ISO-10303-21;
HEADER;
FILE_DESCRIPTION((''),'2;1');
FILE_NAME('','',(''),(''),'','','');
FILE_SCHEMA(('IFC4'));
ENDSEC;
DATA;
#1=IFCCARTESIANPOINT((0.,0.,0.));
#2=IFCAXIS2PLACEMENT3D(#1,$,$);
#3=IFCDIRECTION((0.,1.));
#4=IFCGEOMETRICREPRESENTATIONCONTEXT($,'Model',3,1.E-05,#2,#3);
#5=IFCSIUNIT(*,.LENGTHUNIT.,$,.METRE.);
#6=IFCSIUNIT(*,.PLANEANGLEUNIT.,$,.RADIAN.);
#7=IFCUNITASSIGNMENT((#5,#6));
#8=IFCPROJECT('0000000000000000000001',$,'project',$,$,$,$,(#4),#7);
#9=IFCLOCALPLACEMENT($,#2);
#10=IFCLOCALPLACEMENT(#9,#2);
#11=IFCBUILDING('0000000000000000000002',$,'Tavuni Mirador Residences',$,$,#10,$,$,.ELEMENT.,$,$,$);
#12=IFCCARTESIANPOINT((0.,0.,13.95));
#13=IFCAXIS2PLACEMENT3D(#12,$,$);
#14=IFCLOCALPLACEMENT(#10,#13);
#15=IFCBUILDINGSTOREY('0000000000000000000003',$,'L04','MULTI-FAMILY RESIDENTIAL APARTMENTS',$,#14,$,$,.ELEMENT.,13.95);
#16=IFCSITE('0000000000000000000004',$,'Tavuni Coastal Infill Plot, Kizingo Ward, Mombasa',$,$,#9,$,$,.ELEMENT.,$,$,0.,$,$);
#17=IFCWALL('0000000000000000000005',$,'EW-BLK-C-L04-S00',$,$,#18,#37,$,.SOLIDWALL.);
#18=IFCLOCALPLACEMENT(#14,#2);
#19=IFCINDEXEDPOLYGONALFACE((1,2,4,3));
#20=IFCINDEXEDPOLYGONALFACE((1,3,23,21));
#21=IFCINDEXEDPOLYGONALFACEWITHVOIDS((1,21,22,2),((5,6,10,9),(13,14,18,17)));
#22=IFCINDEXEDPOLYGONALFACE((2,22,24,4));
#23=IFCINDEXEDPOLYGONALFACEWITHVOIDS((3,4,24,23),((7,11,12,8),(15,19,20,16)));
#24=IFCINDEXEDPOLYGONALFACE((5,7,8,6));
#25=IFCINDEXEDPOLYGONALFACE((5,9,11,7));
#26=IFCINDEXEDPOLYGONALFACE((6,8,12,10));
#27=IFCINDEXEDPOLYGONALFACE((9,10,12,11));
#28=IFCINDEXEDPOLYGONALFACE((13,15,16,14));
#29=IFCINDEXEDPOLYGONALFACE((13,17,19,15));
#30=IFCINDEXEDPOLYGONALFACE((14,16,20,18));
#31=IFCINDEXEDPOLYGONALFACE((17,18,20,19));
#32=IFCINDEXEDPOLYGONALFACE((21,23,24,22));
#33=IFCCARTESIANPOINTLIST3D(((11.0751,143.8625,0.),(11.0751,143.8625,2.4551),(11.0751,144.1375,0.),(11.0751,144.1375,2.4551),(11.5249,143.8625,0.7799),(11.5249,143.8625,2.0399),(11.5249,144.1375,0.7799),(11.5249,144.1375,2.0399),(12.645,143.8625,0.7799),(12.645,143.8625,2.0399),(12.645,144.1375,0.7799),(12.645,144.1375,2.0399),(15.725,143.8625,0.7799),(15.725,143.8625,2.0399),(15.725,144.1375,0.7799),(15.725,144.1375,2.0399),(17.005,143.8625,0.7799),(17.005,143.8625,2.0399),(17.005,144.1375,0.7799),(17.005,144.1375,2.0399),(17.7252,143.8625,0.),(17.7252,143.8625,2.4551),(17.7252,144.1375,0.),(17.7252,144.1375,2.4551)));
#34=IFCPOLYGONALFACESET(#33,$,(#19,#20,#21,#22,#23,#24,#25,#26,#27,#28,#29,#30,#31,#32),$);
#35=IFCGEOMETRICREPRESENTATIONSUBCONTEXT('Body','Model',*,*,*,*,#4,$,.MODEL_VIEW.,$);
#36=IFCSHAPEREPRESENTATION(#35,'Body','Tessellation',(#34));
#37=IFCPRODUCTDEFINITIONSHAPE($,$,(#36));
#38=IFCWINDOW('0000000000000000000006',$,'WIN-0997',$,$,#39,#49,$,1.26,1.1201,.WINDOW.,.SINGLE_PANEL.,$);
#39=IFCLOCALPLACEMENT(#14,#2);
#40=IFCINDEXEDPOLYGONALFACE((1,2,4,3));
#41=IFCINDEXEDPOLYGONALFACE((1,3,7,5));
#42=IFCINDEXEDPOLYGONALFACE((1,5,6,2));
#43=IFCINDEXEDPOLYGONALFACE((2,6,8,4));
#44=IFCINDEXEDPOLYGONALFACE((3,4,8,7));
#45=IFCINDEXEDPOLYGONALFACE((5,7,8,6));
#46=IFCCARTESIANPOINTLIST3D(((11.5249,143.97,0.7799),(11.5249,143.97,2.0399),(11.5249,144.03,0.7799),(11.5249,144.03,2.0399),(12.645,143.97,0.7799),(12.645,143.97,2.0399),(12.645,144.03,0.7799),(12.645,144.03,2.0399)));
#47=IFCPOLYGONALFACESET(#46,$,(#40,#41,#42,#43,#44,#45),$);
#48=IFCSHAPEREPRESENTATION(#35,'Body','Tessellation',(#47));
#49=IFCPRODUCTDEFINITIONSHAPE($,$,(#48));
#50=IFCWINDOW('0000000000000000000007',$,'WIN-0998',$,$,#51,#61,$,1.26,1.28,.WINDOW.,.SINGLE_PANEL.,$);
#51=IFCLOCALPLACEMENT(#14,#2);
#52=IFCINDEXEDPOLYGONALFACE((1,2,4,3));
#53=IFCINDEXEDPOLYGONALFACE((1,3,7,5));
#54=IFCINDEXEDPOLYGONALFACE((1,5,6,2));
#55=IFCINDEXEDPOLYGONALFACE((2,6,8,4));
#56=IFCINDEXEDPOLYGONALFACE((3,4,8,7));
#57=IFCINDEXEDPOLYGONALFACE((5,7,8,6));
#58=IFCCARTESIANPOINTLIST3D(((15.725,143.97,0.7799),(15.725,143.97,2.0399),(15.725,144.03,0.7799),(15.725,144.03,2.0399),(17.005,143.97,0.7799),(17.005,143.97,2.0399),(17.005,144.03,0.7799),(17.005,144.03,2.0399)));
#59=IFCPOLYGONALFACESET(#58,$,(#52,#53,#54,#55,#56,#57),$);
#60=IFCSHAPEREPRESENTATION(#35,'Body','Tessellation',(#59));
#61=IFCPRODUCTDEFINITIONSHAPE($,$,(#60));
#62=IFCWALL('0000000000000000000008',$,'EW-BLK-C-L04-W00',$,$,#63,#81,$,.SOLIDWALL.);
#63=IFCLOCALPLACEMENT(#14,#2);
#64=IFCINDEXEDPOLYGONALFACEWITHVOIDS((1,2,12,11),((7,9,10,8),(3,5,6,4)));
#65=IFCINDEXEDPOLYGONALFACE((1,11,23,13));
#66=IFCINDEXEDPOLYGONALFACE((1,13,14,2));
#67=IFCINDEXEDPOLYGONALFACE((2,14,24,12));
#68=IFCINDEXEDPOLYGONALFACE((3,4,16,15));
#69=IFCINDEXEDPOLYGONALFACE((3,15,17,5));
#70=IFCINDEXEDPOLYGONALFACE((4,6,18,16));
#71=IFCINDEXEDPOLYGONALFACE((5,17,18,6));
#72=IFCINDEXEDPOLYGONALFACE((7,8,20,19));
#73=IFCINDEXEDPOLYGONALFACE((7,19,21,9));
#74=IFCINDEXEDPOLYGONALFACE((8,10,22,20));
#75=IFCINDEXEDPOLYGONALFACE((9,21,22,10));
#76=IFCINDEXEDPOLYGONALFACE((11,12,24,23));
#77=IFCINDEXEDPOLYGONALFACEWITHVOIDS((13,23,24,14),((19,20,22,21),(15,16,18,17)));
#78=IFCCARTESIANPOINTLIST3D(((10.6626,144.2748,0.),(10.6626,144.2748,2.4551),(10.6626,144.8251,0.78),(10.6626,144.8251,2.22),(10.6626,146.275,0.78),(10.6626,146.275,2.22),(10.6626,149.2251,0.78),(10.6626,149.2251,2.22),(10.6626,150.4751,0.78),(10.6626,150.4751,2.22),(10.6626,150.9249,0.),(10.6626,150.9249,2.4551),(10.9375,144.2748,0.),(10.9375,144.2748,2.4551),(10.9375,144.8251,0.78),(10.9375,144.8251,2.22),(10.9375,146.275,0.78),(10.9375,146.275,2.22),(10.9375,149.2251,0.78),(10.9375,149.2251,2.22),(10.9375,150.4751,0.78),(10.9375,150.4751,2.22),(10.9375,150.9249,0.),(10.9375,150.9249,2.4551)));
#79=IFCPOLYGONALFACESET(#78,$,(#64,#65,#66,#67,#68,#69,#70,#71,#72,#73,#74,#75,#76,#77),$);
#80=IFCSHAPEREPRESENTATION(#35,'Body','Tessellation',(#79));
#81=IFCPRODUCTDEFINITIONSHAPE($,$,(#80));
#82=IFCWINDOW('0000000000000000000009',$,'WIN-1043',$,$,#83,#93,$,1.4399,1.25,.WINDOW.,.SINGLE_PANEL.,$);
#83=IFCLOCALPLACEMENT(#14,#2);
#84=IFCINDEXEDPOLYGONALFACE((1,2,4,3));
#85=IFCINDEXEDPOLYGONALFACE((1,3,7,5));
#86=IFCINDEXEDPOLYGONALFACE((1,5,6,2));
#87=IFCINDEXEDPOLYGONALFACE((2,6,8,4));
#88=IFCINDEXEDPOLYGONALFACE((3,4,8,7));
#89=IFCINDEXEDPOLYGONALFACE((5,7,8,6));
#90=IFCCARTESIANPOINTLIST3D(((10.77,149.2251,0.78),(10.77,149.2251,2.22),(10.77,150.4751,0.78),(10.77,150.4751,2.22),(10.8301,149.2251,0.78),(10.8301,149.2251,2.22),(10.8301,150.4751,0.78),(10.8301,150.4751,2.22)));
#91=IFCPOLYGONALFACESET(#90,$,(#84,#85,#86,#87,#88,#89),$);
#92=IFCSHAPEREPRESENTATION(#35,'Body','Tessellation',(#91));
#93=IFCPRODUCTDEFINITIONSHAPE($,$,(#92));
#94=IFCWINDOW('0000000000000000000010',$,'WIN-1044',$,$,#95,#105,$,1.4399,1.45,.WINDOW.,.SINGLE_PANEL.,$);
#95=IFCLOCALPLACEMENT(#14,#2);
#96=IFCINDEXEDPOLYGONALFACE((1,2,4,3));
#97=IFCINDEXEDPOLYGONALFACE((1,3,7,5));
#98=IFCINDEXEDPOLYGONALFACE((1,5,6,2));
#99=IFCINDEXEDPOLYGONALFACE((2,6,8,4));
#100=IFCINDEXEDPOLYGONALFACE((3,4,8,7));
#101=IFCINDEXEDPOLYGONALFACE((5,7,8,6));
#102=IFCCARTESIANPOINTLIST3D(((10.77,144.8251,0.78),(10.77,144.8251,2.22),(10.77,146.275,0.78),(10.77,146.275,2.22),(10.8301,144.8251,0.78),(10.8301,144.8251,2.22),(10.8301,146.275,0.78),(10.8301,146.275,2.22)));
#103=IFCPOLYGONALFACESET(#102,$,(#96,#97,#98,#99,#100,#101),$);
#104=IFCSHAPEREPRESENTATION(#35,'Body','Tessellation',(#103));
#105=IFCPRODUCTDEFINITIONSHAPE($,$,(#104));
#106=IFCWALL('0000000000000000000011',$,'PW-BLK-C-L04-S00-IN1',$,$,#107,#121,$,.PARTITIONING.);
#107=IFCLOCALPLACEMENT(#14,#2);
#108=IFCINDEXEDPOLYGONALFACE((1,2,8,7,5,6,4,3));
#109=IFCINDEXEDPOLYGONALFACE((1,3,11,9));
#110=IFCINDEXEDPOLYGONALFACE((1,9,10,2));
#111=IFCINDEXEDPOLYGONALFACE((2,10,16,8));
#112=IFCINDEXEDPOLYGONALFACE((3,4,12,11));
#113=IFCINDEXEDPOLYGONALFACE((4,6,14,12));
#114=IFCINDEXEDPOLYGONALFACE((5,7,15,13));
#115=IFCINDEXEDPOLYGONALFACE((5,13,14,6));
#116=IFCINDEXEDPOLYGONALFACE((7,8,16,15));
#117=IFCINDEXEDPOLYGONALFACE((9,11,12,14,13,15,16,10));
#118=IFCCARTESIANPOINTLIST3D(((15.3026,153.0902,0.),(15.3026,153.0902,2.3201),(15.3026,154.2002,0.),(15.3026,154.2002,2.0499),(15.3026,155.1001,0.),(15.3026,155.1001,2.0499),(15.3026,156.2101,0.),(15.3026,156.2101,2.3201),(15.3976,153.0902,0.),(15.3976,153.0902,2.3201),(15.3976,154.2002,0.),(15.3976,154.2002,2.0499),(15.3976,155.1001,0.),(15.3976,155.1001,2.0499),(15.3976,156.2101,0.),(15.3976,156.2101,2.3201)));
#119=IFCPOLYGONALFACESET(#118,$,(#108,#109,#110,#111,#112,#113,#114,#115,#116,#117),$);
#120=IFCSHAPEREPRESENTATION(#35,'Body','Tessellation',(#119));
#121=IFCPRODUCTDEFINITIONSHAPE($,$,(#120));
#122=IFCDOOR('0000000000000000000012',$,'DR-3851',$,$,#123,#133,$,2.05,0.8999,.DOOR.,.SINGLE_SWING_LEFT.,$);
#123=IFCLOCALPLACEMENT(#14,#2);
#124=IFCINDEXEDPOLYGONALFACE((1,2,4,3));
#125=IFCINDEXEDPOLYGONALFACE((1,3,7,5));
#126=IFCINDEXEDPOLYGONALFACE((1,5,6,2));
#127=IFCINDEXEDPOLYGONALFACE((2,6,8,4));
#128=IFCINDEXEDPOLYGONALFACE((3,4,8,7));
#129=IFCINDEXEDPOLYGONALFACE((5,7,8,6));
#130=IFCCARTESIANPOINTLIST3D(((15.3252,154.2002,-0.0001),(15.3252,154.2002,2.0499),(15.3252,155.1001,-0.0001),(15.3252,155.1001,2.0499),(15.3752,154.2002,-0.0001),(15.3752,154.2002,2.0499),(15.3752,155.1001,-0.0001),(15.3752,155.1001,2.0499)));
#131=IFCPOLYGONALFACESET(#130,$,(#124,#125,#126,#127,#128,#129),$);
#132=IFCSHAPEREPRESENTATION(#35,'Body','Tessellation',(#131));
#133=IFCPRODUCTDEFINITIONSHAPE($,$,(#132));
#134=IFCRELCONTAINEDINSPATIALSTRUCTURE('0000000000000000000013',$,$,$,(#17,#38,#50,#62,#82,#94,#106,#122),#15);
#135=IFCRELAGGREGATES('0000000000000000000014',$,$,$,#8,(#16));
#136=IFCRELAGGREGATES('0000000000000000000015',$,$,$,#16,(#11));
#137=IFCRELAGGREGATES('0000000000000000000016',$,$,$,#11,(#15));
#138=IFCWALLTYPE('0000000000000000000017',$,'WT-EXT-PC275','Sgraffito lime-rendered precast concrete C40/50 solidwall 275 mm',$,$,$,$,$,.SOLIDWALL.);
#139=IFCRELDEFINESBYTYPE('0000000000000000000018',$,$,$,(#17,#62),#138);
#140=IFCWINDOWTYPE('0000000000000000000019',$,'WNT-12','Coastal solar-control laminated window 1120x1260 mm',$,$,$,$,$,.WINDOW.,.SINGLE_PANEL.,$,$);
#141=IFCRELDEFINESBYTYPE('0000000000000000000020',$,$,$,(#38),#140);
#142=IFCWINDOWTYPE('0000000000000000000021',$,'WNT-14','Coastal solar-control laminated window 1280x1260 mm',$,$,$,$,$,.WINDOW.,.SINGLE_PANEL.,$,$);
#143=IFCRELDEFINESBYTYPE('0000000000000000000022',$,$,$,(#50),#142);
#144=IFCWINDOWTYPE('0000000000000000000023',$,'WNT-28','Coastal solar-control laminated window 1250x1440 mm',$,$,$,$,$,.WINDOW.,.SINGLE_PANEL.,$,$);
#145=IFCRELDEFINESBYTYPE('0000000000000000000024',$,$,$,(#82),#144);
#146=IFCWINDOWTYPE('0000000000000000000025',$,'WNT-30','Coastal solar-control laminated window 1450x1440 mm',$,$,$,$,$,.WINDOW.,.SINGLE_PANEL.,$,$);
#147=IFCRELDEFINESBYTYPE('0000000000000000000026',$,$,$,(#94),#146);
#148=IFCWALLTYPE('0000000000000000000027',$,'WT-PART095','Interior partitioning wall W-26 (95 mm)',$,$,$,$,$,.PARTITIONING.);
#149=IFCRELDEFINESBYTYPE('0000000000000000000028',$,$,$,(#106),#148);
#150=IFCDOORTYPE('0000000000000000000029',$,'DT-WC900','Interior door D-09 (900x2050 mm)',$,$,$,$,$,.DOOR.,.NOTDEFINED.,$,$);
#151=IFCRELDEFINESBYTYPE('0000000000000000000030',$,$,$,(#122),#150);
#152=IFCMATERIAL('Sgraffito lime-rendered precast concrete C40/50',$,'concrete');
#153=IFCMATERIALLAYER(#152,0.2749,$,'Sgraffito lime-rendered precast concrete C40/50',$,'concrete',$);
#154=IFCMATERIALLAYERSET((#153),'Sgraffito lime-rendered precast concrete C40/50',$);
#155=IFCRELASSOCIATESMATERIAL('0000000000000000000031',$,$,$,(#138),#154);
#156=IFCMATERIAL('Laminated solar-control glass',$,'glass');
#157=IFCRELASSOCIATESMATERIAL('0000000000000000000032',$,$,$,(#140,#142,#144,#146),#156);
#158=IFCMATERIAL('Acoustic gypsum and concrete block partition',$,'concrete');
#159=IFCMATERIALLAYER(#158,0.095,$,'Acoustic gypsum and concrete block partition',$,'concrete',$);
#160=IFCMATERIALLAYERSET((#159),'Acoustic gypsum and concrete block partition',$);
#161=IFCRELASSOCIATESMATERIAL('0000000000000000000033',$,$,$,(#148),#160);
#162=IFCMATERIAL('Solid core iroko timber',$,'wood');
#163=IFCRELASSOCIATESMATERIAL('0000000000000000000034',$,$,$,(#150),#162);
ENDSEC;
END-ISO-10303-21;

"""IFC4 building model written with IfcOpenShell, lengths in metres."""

from ifc_helpers import new_model, si_unit, direction, frame, frame_2d, origin, place, context, subcontext, project, spatial, rectangle, extrude, material, layer, layer_set, type_object, element, fill, save


model = new_model("IFC4")

# Units and contexts
model_context = context("Model", 3, precision=1e-05, world=origin(), true_north=direction((0.0, 1.0)))
body_context = subcontext(model_context, "Body", "Model", "MODEL_VIEW")
ifc_project = project(units=[si_unit("LENGTHUNIT", "METRE"), si_unit("PLANEANGLEUNIT", "RADIAN")], contexts=[model_context])

# Site, building, storey
site_placement = place(None, origin())
site = spatial("IfcSite", under=ifc_project, at=site_placement, Name="Tavuni Coastal Infill Plot, Kizingo Ward, Mombasa", CompositionType="ELEMENT", RefElevation=0.0)
building_placement = place(site_placement, origin())
building = spatial("IfcBuilding", under=site, at=building_placement, Name="Tavuni Mirador Residences", CompositionType="ELEMENT")
storey_placement = place(building_placement, frame((0.0, 0.0, 13.95)))
storey = spatial("IfcBuildingStorey", under=building, at=storey_placement, Name="L04", Description="MULTI-FAMILY RESIDENTIAL APARTMENTS", CompositionType="ELEMENT", Elevation=13.95)

# Shared definitions
ifc_material_1 = material(Name="Solid core iroko timber", Category="wood")

# Walls, openings, windows
ifc_material_2 = material(Name="Sgraffito lime-rendered precast concrete C40/50", Category="concrete")
ifc_layer_1 = layer(ifc_material_2, 0.2749, Name="Sgraffito lime-rendered precast concrete C40/50", Category="concrete")
ifc_layer_set_1 = layer_set([ifc_layer_1], Name="Sgraffito lime-rendered precast concrete C40/50")
wall_type_1 = type_object("IfcWallType", Name="WT-EXT-PC275", Description="Sgraffito lime-rendered precast concrete C40/50 solidwall 275 mm", PredefinedType="SOLIDWALL", material=ifc_layer_set_1)
wall_1_placement = place(storey_placement, frame((11.075, 144.0, 0.0), z_axis=(0.0, 0.0, 1.0), x_axis=(1.0, 0.0, 0.0)))
wall_1 = element("IfcWall", 1, at=wall_1_placement, inside=storey, type_object=wall_type_1, Name="EW-BLK-C-L04-S00", PredefinedType="SOLIDWALL", context=body_context, shape_type="SweptSolid", body=[
    extrude(rectangle(XDim=6.6501, YDim=0.2749, at=frame_2d((3.3252, 0.0))), origin(), (0.0, 0.0, 1.0), 2.4551),
])
opening_1_placement = place(wall_1_placement, frame((0.45, 0.0, 0.78)))
opening_1 = element("IfcOpeningElement", 2, at=opening_1_placement, cuts=wall_1, PredefinedType="OPENING", context=body_context, shape_type="SweptSolid", body=[
    extrude(rectangle(XDim=1.1201, YDim=1.26, at=frame_2d((0.5601, 0.6299))), frame((0.0, 0.1475, 0.0), z_axis=(0.0, -1.0, 0.0), x_axis=(1.0, 0.0, 0.0)), (0.0, 0.0, 1.0), 0.2949),
])
opening_2_placement = place(wall_1_placement, frame((4.6499, 0.0, 0.78)))
opening_2 = element("IfcOpeningElement", 3, at=opening_2_placement, cuts=wall_1, PredefinedType="OPENING", context=body_context, shape_type="SweptSolid", body=[
    extrude(rectangle(XDim=1.28, YDim=1.26, at=frame_2d((0.6401, 0.6299))), frame((0.0, 0.1475, 0.0), z_axis=(0.0, -1.0, 0.0), x_axis=(1.0, 0.0, 0.0)), (0.0, 0.0, 1.0), 0.2949),
])
ifc_material_3 = material(Name="Laminated solar-control glass", Category="glass")
window_type_1 = type_object("IfcWindowType", Name="WNT-12", Description="Coastal solar-control laminated window 1120x1260 mm", PartitioningType="SINGLE_PANEL", PredefinedType="WINDOW", material=ifc_material_3)
window_1_placement = place(opening_1_placement, origin())
window_1 = element("IfcWindow", 4, at=window_1_placement, inside=storey, type_object=window_type_1, Name="WIN-0997", OverallHeight=1.26, OverallWidth=1.1201, PartitioningType="SINGLE_PANEL", PredefinedType="WINDOW", context=body_context, shape_type="SweptSolid", body=[
    extrude(rectangle(XDim=1.1201, YDim=1.26, at=frame_2d((0.5601, 0.6299))), frame((0.0, 0.03, 0.0), z_axis=(0.0, -1.0, 0.0), x_axis=(1.0, 0.0, 0.0)), (0.0, 0.0, 1.0), 0.0601),
])
fill(opening_1, window_1)
window_type_2 = type_object("IfcWindowType", Name="WNT-14", Description="Coastal solar-control laminated window 1280x1260 mm", PartitioningType="SINGLE_PANEL", PredefinedType="WINDOW", material=ifc_material_3)
window_2_placement = place(opening_2_placement, origin())
window_2 = element("IfcWindow", 5, at=window_2_placement, inside=storey, type_object=window_type_2, Name="WIN-0998", OverallHeight=1.26, OverallWidth=1.28, PartitioningType="SINGLE_PANEL", PredefinedType="WINDOW", context=body_context, shape_type="SweptSolid", body=[
    extrude(rectangle(XDim=1.28, YDim=1.26, at=frame_2d((0.6401, 0.6299))), frame((0.0, 0.03, 0.0), z_axis=(0.0, -1.0, 0.0), x_axis=(1.0, 0.0, 0.0)), (0.0, 0.0, 1.0), 0.0601),
])
fill(opening_2, window_2)
wall_2_placement = place(storey_placement, frame((10.8, 150.925, 0.0), z_axis=(0.0, 0.0, 1.0), x_axis=(0.0, -1.0, 0.0)))
wall_2 = element("IfcWall", 6, at=wall_2_placement, inside=storey, type_object=wall_type_1, Name="EW-BLK-C-L04-W00", PredefinedType="SOLIDWALL", context=body_context, shape_type="SweptSolid", body=[
    extrude(rectangle(XDim=6.6501, YDim=0.2749, at=frame_2d((3.3252, 0.0))), origin(), (0.0, 0.0, 1.0), 2.4551),
])
opening_3_placement = place(wall_2_placement, frame((0.45, 0.0, 0.78)))
opening_3 = element("IfcOpeningElement", 7, at=opening_3_placement, cuts=wall_2, PredefinedType="OPENING", context=body_context, shape_type="SweptSolid", body=[
    extrude(rectangle(XDim=1.25, YDim=1.4399, at=frame_2d((0.625, 0.72))), frame((0.0, 0.1475, 0.0), z_axis=(0.0, -1.0, 0.0), x_axis=(1.0, 0.0, 0.0)), (0.0, 0.0, 1.0), 0.2949),
])
opening_4_placement = place(wall_2_placement, frame((4.6499, 0.0, 0.78)))
opening_4 = element("IfcOpeningElement", 8, at=opening_4_placement, cuts=wall_2, PredefinedType="OPENING", context=body_context, shape_type="SweptSolid", body=[
    extrude(rectangle(XDim=1.45, YDim=1.4399, at=frame_2d((0.7251, 0.72))), frame((0.0, 0.1475, 0.0), z_axis=(0.0, -1.0, 0.0), x_axis=(1.0, 0.0, 0.0)), (0.0, 0.0, 1.0), 0.2949),
])
window_type_3 = type_object("IfcWindowType", Name="WNT-28", Description="Coastal solar-control laminated window 1250x1440 mm", PartitioningType="SINGLE_PANEL", PredefinedType="WINDOW", material=ifc_material_3)
window_3_placement = place(opening_3_placement, origin())
window_3 = element("IfcWindow", 9, at=window_3_placement, inside=storey, type_object=window_type_3, Name="WIN-1043", OverallHeight=1.4399, OverallWidth=1.25, PartitioningType="SINGLE_PANEL", PredefinedType="WINDOW", context=body_context, shape_type="SweptSolid", body=[
    extrude(rectangle(XDim=1.25, YDim=1.4399, at=frame_2d((0.625, 0.72))), frame((0.0, 0.03, 0.0), z_axis=(0.0, -1.0, 0.0), x_axis=(1.0, 0.0, 0.0)), (0.0, 0.0, 1.0), 0.0601),
])
fill(opening_3, window_3)
window_type_4 = type_object("IfcWindowType", Name="WNT-30", Description="Coastal solar-control laminated window 1450x1440 mm", PartitioningType="SINGLE_PANEL", PredefinedType="WINDOW", material=ifc_material_3)
window_4_placement = place(opening_4_placement, origin())
window_4 = element("IfcWindow", 10, at=window_4_placement, inside=storey, type_object=window_type_4, Name="WIN-1044", OverallHeight=1.4399, OverallWidth=1.45, PartitioningType="SINGLE_PANEL", PredefinedType="WINDOW", context=body_context, shape_type="SweptSolid", body=[
    extrude(rectangle(XDim=1.45, YDim=1.4399, at=frame_2d((0.7251, 0.72))), frame((0.0, 0.03, 0.0), z_axis=(0.0, -1.0, 0.0), x_axis=(1.0, 0.0, 0.0)), (0.0, 0.0, 1.0), 0.0601),
])
fill(opening_4, window_4)

# Wall, opening, door
ifc_material_4 = material(Name="Acoustic gypsum and concrete block partition", Category="concrete")
ifc_layer_2 = layer(ifc_material_4, 0.095, Name="Acoustic gypsum and concrete block partition", Category="concrete")
ifc_layer_set_2 = layer_set([ifc_layer_2], Name="Acoustic gypsum and concrete block partition")
wall_type_2 = type_object("IfcWallType", Name="WT-PART095", Description="Interior partitioning wall W-26 (95 mm)", PredefinedType="PARTITIONING", material=ifc_layer_set_2)
wall_3_placement = place(storey_placement, frame((15.3501, 153.0901, 0.0), z_axis=(0.0, 0.0, 1.0), x_axis=(0.0, 1.0, 0.0)))
wall_3 = element("IfcWall", 11, at=wall_3_placement, inside=storey, type_object=wall_type_2, Name="PW-BLK-C-L04-S00-IN1", PredefinedType="PARTITIONING", context=body_context, shape_type="SweptSolid", body=[
    extrude(rectangle(XDim=3.1199, YDim=0.095, at=frame_2d((1.5601, 0.0))), origin(), (0.0, 0.0, 1.0), 2.3201),
])
opening_5_placement = place(wall_3_placement, frame((1.1101, 0.0, 0.0)))
opening_5 = element("IfcOpeningElement", 12, at=opening_5_placement, cuts=wall_3, PredefinedType="OPENING", context=body_context, shape_type="SweptSolid", body=[
    extrude(rectangle(XDim=0.8999, YDim=2.05, at=frame_2d((0.45, 1.0249))), frame((0.0, 0.0576, 0.0), z_axis=(0.0, -1.0, 0.0), x_axis=(1.0, 0.0, 0.0)), (0.0, 0.0, 1.0), 0.115),
])
door_type_1 = type_object("IfcDoorType", Name="DT-WC900", Description="Interior door D-09 (900x2050 mm)", OperationType="NOTDEFINED", PredefinedType="DOOR", material=ifc_material_1)
door_1_placement = place(opening_5_placement, origin())
door_1 = element("IfcDoor", 13, at=door_1_placement, inside=storey, type_object=door_type_1, Name="DR-3851", OperationType="SINGLE_SWING_LEFT", OverallHeight=2.05, OverallWidth=0.8999, PredefinedType="DOOR", context=body_context, shape_type="SweptSolid", body=[
    extrude(rectangle(XDim=0.8999, YDim=2.05, at=frame_2d((0.45, 1.0249))), frame((0.0, 0.0249, 0.0), z_axis=(0.0, -1.0, 0.0), x_axis=(1.0, 0.0, 0.0)), (0.0, 0.0, 1.0), 0.05),
])
fill(opening_5, door_1)

save(model, "model.ifc")
